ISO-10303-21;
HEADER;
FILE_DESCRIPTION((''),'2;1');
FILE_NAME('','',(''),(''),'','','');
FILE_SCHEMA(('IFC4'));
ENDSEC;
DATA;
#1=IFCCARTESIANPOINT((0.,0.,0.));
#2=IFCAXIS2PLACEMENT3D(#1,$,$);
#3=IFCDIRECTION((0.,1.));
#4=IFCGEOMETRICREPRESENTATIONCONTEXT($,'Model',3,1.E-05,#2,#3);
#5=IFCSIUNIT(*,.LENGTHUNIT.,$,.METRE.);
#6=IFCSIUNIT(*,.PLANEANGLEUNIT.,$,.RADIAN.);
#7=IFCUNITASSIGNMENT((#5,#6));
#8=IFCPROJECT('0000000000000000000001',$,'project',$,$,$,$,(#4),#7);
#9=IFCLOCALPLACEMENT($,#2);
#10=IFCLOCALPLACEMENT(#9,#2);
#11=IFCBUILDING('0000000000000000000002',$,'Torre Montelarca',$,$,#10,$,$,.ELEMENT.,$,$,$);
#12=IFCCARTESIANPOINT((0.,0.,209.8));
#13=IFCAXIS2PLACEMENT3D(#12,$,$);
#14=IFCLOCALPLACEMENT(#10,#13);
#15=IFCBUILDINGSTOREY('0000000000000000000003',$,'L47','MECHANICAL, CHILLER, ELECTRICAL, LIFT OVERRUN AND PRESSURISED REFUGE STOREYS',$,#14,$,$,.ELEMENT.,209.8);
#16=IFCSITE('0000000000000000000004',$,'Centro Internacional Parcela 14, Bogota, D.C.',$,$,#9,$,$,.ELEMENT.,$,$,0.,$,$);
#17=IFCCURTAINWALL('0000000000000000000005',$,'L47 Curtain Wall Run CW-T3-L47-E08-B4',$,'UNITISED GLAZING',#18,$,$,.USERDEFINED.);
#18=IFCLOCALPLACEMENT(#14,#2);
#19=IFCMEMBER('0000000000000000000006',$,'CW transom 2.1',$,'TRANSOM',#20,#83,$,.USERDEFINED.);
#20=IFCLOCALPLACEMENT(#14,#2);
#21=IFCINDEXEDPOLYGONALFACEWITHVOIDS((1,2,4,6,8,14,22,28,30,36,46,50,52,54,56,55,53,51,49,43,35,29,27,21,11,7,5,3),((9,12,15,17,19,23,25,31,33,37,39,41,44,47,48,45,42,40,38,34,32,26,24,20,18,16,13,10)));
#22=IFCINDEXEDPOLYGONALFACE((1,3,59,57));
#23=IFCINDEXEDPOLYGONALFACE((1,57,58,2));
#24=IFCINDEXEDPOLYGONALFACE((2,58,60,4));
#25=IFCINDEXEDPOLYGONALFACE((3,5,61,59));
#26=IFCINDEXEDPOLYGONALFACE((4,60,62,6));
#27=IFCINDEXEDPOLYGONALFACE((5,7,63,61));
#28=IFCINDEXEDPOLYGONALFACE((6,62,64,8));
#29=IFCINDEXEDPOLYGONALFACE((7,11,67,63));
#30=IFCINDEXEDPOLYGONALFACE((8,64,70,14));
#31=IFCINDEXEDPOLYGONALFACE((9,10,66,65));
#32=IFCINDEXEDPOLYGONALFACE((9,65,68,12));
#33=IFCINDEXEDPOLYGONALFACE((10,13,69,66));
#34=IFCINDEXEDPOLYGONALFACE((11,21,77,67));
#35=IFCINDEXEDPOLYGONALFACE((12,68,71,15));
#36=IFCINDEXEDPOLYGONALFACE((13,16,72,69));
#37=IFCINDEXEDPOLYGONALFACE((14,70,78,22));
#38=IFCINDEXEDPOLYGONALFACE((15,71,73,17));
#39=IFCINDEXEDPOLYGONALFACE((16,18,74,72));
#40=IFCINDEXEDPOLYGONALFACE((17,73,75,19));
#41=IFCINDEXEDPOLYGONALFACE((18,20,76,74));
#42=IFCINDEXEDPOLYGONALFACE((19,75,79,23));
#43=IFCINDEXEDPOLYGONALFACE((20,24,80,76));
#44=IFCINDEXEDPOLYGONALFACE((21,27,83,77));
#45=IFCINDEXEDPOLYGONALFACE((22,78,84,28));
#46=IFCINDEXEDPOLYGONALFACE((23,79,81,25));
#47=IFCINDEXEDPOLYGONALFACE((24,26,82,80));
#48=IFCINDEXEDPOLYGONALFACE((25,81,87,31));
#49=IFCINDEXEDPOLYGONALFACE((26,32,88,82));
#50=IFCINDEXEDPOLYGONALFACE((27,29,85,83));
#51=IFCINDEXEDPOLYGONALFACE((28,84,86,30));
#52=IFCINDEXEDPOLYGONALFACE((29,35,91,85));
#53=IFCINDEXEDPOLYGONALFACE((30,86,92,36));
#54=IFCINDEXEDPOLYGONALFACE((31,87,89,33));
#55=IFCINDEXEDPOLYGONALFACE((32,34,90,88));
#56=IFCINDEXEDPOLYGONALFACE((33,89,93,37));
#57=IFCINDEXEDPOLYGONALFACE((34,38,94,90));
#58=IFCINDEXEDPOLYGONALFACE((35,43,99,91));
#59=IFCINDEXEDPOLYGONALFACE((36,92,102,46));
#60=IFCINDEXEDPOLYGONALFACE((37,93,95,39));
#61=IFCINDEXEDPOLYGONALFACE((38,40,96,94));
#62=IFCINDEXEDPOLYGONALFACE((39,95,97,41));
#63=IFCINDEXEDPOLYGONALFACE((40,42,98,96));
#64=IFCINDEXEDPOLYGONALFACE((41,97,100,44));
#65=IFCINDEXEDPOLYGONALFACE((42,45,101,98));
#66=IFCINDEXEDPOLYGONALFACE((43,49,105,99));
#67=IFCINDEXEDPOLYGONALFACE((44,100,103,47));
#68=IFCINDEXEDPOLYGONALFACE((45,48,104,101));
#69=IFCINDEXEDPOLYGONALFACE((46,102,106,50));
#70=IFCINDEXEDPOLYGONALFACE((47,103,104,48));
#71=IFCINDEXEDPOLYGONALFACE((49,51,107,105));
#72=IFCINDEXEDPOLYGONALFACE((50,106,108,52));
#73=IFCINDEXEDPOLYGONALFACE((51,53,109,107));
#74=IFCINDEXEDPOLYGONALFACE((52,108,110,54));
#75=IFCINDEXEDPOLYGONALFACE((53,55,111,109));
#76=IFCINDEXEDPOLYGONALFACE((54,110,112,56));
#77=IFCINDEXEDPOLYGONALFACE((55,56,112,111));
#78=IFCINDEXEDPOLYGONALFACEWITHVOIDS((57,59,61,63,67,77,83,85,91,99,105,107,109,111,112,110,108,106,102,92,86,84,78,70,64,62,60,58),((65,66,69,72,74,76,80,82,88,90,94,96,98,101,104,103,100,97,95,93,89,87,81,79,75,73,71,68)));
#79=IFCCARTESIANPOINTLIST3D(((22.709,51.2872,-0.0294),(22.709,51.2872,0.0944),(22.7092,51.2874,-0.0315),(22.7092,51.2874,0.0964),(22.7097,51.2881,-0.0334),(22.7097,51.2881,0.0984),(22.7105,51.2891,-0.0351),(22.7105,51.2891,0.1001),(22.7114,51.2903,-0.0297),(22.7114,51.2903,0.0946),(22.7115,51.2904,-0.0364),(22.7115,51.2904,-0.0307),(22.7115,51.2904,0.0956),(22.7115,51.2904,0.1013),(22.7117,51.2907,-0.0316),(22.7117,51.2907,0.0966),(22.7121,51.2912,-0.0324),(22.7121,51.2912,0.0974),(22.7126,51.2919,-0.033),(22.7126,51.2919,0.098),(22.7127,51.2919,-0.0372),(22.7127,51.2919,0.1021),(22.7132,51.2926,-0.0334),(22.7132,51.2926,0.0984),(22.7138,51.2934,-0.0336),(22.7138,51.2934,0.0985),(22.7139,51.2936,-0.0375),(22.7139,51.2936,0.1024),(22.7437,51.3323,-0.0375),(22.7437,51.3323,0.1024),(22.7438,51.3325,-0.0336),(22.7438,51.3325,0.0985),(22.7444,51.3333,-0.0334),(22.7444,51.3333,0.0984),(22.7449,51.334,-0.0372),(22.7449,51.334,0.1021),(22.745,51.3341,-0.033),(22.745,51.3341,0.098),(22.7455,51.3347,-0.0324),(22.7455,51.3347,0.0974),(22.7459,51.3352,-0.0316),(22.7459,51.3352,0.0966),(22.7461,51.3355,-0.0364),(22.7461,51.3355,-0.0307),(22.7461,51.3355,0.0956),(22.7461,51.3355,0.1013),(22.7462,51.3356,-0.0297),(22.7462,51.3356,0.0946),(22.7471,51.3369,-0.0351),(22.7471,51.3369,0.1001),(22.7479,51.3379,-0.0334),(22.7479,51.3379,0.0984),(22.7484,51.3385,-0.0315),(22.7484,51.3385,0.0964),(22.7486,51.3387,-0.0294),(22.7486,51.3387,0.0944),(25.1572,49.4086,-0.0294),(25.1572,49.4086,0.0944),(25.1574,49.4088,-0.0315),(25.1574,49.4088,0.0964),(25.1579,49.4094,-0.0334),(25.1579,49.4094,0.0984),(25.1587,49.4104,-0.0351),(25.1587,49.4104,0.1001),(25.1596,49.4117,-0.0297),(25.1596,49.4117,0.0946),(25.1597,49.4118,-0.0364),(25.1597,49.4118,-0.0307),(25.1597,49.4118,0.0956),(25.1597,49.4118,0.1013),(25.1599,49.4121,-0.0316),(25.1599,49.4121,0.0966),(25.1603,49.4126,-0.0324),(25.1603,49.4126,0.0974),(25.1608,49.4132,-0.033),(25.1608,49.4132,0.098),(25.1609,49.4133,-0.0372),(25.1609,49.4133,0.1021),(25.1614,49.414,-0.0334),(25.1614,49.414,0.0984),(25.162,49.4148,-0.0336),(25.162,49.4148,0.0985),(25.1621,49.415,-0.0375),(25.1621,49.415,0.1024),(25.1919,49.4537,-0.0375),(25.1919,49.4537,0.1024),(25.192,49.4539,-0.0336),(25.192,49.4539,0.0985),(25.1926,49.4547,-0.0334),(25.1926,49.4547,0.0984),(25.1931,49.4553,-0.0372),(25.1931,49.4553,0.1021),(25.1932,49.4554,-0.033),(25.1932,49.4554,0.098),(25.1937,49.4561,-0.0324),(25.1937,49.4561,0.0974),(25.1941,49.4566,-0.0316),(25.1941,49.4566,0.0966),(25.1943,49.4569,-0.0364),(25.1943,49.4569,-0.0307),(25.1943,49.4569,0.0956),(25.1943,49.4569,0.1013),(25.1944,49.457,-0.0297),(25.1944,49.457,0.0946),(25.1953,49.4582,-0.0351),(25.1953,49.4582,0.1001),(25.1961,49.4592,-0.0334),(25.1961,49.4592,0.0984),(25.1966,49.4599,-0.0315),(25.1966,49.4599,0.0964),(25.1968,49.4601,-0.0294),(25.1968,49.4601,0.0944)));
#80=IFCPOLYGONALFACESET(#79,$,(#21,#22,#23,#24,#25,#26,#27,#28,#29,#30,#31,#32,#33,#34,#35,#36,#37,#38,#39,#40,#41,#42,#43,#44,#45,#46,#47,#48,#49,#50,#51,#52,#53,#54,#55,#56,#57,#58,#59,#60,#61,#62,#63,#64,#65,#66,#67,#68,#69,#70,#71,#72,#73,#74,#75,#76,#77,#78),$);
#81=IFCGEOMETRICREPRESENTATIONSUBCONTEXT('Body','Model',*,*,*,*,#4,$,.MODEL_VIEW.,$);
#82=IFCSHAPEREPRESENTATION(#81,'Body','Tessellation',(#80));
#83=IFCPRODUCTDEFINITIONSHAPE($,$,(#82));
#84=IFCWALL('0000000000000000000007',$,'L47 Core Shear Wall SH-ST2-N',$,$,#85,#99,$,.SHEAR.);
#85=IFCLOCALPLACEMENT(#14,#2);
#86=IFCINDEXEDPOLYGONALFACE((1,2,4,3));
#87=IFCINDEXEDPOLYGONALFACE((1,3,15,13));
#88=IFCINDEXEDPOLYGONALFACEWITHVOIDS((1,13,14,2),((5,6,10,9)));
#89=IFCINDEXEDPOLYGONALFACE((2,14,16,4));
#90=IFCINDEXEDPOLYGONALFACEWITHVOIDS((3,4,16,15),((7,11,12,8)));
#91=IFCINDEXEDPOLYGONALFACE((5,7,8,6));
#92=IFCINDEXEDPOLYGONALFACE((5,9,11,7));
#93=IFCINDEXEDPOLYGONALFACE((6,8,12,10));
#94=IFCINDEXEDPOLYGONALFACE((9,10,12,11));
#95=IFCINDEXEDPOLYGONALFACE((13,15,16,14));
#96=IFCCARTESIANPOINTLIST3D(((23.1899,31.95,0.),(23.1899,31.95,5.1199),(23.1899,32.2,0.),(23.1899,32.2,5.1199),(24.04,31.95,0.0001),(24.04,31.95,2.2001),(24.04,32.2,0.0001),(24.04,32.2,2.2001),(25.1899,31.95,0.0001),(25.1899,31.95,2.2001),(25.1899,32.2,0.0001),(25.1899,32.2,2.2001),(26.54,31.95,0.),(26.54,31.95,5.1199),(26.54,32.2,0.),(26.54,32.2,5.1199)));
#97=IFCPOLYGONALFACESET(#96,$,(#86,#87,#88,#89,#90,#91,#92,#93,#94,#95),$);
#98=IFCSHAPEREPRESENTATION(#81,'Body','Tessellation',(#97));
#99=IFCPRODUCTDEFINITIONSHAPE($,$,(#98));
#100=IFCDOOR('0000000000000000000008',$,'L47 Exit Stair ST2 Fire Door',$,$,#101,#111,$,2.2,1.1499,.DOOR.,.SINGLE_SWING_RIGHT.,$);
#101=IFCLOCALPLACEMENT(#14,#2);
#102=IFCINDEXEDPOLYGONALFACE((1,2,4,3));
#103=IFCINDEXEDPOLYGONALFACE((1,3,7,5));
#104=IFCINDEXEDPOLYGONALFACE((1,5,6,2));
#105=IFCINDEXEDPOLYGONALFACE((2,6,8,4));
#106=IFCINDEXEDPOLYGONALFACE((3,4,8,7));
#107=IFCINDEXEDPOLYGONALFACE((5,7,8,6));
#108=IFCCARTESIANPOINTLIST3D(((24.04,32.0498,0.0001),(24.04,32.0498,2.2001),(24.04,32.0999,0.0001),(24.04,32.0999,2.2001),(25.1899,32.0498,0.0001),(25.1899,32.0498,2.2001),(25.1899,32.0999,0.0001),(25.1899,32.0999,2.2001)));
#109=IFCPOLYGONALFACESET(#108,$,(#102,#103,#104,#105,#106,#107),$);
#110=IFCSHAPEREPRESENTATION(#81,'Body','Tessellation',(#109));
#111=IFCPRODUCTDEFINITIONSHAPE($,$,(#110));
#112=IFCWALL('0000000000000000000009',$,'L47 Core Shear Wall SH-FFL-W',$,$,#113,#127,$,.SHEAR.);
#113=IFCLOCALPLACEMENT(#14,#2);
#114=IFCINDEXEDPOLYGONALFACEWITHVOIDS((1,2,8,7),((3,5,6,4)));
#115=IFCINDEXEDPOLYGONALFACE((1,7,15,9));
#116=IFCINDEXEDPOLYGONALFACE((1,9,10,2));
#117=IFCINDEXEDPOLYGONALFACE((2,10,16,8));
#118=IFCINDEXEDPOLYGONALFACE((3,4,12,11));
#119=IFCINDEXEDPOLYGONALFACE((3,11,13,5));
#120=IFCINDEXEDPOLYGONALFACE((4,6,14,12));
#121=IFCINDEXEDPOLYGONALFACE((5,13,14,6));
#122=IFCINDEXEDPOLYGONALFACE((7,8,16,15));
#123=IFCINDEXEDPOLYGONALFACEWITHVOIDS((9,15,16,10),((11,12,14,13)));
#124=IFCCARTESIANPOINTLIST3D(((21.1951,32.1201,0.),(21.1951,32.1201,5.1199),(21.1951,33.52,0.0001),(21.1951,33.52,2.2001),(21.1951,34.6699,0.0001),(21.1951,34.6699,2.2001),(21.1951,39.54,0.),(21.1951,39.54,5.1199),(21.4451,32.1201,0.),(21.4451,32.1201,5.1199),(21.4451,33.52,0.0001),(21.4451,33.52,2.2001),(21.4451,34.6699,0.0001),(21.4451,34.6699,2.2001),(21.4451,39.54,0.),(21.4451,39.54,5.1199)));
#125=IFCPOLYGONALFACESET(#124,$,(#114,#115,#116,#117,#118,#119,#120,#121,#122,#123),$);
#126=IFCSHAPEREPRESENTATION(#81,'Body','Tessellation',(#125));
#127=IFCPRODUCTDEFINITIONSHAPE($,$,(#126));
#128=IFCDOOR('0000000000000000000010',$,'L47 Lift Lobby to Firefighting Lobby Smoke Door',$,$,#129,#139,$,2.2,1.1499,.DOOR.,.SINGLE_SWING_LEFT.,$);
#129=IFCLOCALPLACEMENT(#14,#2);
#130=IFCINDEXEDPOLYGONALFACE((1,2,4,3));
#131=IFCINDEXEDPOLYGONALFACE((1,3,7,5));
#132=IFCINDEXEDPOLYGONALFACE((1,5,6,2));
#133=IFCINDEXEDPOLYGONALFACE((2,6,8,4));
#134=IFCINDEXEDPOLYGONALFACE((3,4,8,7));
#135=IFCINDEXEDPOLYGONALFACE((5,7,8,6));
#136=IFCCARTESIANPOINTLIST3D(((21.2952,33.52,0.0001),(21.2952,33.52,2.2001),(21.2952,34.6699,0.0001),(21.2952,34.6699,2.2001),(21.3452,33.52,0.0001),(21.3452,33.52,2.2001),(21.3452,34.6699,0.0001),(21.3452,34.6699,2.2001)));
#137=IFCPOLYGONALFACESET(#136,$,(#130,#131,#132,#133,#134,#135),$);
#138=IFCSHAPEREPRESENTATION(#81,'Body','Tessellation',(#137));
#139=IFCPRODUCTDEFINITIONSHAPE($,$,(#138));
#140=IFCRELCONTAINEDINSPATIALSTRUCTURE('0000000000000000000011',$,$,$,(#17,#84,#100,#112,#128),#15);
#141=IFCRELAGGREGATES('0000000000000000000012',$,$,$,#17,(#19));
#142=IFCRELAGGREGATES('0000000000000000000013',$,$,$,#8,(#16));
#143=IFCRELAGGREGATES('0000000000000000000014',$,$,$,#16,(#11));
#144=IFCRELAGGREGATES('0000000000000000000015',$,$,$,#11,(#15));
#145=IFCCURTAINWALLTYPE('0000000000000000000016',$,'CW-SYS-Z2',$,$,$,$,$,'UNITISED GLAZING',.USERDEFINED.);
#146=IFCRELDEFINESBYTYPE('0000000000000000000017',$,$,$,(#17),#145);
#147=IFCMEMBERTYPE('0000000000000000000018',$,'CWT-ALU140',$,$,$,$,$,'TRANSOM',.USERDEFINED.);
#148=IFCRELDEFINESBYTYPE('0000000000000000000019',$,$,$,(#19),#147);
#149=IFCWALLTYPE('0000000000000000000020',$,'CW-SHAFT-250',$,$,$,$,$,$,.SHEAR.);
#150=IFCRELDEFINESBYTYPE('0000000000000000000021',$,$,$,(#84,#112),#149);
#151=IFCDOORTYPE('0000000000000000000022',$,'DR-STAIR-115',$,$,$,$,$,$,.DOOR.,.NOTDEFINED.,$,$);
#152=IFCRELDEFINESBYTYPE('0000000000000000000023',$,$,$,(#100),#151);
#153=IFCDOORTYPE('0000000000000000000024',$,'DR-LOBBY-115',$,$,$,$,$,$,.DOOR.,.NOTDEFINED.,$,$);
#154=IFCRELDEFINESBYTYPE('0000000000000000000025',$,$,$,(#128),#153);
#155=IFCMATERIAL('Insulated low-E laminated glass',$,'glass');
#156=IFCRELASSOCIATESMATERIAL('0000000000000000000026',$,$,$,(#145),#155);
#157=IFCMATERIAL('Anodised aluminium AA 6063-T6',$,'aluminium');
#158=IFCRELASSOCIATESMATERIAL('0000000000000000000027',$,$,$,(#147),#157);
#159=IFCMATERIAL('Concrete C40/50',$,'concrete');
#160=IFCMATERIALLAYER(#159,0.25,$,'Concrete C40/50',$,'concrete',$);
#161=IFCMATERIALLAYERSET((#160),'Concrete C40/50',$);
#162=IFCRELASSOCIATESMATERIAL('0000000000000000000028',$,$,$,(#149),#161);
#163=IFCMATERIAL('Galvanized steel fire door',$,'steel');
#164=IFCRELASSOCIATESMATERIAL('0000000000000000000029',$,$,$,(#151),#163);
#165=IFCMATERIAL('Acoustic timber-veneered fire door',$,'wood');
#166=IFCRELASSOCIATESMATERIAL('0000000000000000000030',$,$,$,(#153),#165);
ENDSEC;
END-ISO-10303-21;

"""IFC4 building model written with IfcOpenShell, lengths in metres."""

from ifc_helpers import new_model, si_unit, direction, frame, frame_2d, origin, origin_2d, place, context, subcontext, project, spatial, rectangle, hollow_rectangle, extrude, source, transform, mapped, material, layer, layer_set, material_profile, profile_set, type_object, element, fill, aggregate, save


model = new_model("IFC4")

# Units and contexts
model_context = context("Model", 3, precision=1e-05, world=origin(), true_north=direction((0.0, 1.0)))
body_context = subcontext(model_context, "Body", "Model", "MODEL_VIEW")
ifc_project = project(units=[si_unit("LENGTHUNIT", "METRE"), si_unit("PLANEANGLEUNIT", "RADIAN")], contexts=[model_context])

# Site, building, storey
site_placement = place(None, origin())
site = spatial("IfcSite", under=ifc_project, at=site_placement, Name="Centro Internacional Parcela 14, Bogota, D.C.", CompositionType="ELEMENT", RefElevation=0.0)
building_placement = place(site_placement, origin())
building = spatial("IfcBuilding", under=site, at=building_placement, Name="Torre Montelarca", CompositionType="ELEMENT")
storey_placement = place(building_placement, frame((0.0, 0.0, 209.8)))
storey = spatial("IfcBuildingStorey", under=building, at=storey_placement, Name="L47", Description="MECHANICAL, CHILLER, ELECTRICAL, LIFT OVERRUN AND PRESSURISED REFUGE STOREYS", CompositionType="ELEMENT", Elevation=209.8)

# Curtain wall, member
ifc_material_1 = material(Name="Insulated low-E laminated glass", Category="glass")
curtain_wall_type = type_object("IfcCurtainWallType", Name="CW-SYS-Z2", ElementType="UNITISED GLAZING", PredefinedType="USERDEFINED", material=ifc_material_1)
curtain_wall_placement = place(storey_placement, origin())
curtain_wall = element("IfcCurtainWall", 1, at=curtain_wall_placement, inside=storey, type_object=curtain_wall_type, Name="L47 Curtain Wall Run CW-T3-L47-E08-B4", ObjectType="UNITISED GLAZING", PredefinedType="USERDEFINED")
ifc_material_2 = material(Name="Anodised aluminium AA 6063-T6", Category="aluminium")
ifc_material_profile_1 = material_profile(ifc_material_2, hollow_rectangle(XDim=0.0649, YDim=0.1399, WallThickness=0.0039, InnerFilletRadius=0.0039, OuterFilletRadius=0.0081, at=origin_2d()), Name="ALU65X140X4", Category="aluminium")
ifc_profile_set_1 = profile_set([ifc_material_profile_1], Name="Anodised aluminium AA 6063-T6")
member_type_1 = type_object("IfcMemberType", Name="CWT-ALU140", ElementType="TRANSOM", PredefinedType="USERDEFINED", material=ifc_profile_set_1)
shared_shape_1 = source(origin(), body_context, "Body", "SweptSolid", [
    extrude(hollow_rectangle(XDim=0.0649, YDim=0.1399, WallThickness=0.0039, InnerFilletRadius=0.0039, OuterFilletRadius=0.0081, at=origin_2d()), origin(), (0.0, 0.0, 1.0), 3.0859),
])
member_1_placement = place(storey_placement, frame((25.177, 49.4343, 0.0325), z_axis=(-0.793344, 0.608774, 0.0), x_axis=(-0.608774, -0.793344, 0.0)))
member_1 = element("IfcMember", 2, at=member_1_placement, type_object=member_type_1, Name="CW transom 2.1", ObjectType="TRANSOM", PredefinedType="USERDEFINED", context=body_context, shape_type="MappedRepresentation", body=[
    mapped(shared_shape_1, transform((0.0, 0.0, 0.0), scale=1.0)),
])
aggregate(curtain_wall, [member_1])

# Walls, openings, doors
ifc_material_3 = material(Name="Concrete C40/50", Category="concrete")
ifc_layer_1 = layer(ifc_material_3, 0.25, Name="Concrete C40/50", Category="concrete")
ifc_layer_set_1 = layer_set([ifc_layer_1], Name="Concrete C40/50")
wall_type_1 = type_object("IfcWallType", Name="CW-SHAFT-250", PredefinedType="SHEAR", material=ifc_layer_set_1)
wall_1_placement = place(storey_placement, frame((23.1899, 32.075, 0.0), z_axis=(0.0, 0.0, 1.0), x_axis=(1.0, 0.0, 0.0)))
wall_1 = element("IfcWall", 3, at=wall_1_placement, inside=storey, type_object=wall_type_1, Name="L47 Core Shear Wall SH-ST2-N", PredefinedType="SHEAR", context=body_context, shape_type="SweptSolid", body=[
    extrude(rectangle(XDim=3.3501, YDim=0.25, at=frame_2d((1.675, 0.0))), origin(), (0.0, 0.0, 1.0), 5.1199),
])
opening_1_placement = place(wall_1_placement, frame((0.8501, 0.0, 0.0)))
opening_1 = element("IfcOpeningElement", 4, at=opening_1_placement, cuts=wall_1, PredefinedType="OPENING", context=body_context, shape_type="SweptSolid", body=[
    extrude(rectangle(XDim=1.1499, YDim=2.2, at=frame_2d((0.575, 1.1001))), frame((0.0, 0.135, 0.0), z_axis=(0.0, -1.0, 0.0), x_axis=(1.0, 0.0, 0.0)), (0.0, 0.0, 1.0), 0.27),
])
ifc_material_4 = material(Name="Galvanized steel fire door", Category="steel")
door_type_1 = type_object("IfcDoorType", Name="DR-STAIR-115", OperationType="NOTDEFINED", PredefinedType="DOOR", material=ifc_material_4)
shared_shape_2 = source(origin(), body_context, "Body", "SweptSolid", [
    extrude(rectangle(XDim=1.1499, YDim=2.2, at=frame_2d((0.575, 1.1001))), frame((0.0, 0.0249, 0.0), z_axis=(0.0, -1.0, 0.0), x_axis=(1.0, 0.0, 0.0)), (0.0, 0.0, 1.0), 0.05),
])
door_1_placement = place(opening_1_placement, origin())
door_1 = element("IfcDoor", 5, at=door_1_placement, inside=storey, type_object=door_type_1, Name="L47 Exit Stair ST2 Fire Door", OperationType="SINGLE_SWING_RIGHT", OverallHeight=2.2, OverallWidth=1.1499, PredefinedType="DOOR", context=body_context, shape_type="MappedRepresentation", body=[
    mapped(shared_shape_2, transform((0.0, 0.0, 0.0), scale=1.0)),
])
fill(opening_1, door_1)
wall_2_placement = place(storey_placement, frame((21.3201, 32.1201, 0.0), z_axis=(0.0, 0.0, 1.0), x_axis=(0.0, 1.0, 0.0)))
wall_2 = element("IfcWall", 6, at=wall_2_placement, inside=storey, type_object=wall_type_1, Name="L47 Core Shear Wall SH-FFL-W", PredefinedType="SHEAR", context=body_context, shape_type="SweptSolid", body=[
    extrude(rectangle(XDim=7.4199, YDim=0.25, at=frame_2d((3.71, 0.0))), origin(), (0.0, 0.0, 1.0), 5.1199),
])
opening_2_placement = place(wall_2_placement, frame((1.3999, 0.0, 0.0)))
opening_2 = element("IfcOpeningElement", 7, at=opening_2_placement, cuts=wall_2, PredefinedType="OPENING", context=body_context, shape_type="SweptSolid", body=[
    extrude(rectangle(XDim=1.1499, YDim=2.2, at=frame_2d((0.575, 1.1001))), frame((0.0, 0.135, 0.0), z_axis=(0.0, -1.0, 0.0), x_axis=(1.0, 0.0, 0.0)), (0.0, 0.0, 1.0), 0.27),
])
ifc_material_5 = material(Name="Acoustic timber-veneered fire door", Category="wood")
door_type_2 = type_object("IfcDoorType", Name="DR-LOBBY-115", OperationType="NOTDEFINED", PredefinedType="DOOR", material=ifc_material_5)
shared_shape_3 = source(origin(), body_context, "Body", "SweptSolid", [
    extrude(rectangle(XDim=1.1499, YDim=2.2, at=frame_2d((0.575, 1.1001))), frame((0.0, 0.0249, 0.0), z_axis=(0.0, -1.0, 0.0), x_axis=(1.0, 0.0, 0.0)), (0.0, 0.0, 1.0), 0.05),
])
door_2_placement = place(opening_2_placement, origin())
door_2 = element("IfcDoor", 8, at=door_2_placement, inside=storey, type_object=door_type_2, Name="L47 Lift Lobby to Firefighting Lobby Smoke Door", OperationType="SINGLE_SWING_LEFT", OverallHeight=2.2, OverallWidth=1.1499, PredefinedType="DOOR", context=body_context, shape_type="MappedRepresentation", body=[
    mapped(shared_shape_3, transform((0.0, 0.0, 0.0), scale=1.0)),
])
fill(opening_2, door_2)

save(model, "model.ifc")
